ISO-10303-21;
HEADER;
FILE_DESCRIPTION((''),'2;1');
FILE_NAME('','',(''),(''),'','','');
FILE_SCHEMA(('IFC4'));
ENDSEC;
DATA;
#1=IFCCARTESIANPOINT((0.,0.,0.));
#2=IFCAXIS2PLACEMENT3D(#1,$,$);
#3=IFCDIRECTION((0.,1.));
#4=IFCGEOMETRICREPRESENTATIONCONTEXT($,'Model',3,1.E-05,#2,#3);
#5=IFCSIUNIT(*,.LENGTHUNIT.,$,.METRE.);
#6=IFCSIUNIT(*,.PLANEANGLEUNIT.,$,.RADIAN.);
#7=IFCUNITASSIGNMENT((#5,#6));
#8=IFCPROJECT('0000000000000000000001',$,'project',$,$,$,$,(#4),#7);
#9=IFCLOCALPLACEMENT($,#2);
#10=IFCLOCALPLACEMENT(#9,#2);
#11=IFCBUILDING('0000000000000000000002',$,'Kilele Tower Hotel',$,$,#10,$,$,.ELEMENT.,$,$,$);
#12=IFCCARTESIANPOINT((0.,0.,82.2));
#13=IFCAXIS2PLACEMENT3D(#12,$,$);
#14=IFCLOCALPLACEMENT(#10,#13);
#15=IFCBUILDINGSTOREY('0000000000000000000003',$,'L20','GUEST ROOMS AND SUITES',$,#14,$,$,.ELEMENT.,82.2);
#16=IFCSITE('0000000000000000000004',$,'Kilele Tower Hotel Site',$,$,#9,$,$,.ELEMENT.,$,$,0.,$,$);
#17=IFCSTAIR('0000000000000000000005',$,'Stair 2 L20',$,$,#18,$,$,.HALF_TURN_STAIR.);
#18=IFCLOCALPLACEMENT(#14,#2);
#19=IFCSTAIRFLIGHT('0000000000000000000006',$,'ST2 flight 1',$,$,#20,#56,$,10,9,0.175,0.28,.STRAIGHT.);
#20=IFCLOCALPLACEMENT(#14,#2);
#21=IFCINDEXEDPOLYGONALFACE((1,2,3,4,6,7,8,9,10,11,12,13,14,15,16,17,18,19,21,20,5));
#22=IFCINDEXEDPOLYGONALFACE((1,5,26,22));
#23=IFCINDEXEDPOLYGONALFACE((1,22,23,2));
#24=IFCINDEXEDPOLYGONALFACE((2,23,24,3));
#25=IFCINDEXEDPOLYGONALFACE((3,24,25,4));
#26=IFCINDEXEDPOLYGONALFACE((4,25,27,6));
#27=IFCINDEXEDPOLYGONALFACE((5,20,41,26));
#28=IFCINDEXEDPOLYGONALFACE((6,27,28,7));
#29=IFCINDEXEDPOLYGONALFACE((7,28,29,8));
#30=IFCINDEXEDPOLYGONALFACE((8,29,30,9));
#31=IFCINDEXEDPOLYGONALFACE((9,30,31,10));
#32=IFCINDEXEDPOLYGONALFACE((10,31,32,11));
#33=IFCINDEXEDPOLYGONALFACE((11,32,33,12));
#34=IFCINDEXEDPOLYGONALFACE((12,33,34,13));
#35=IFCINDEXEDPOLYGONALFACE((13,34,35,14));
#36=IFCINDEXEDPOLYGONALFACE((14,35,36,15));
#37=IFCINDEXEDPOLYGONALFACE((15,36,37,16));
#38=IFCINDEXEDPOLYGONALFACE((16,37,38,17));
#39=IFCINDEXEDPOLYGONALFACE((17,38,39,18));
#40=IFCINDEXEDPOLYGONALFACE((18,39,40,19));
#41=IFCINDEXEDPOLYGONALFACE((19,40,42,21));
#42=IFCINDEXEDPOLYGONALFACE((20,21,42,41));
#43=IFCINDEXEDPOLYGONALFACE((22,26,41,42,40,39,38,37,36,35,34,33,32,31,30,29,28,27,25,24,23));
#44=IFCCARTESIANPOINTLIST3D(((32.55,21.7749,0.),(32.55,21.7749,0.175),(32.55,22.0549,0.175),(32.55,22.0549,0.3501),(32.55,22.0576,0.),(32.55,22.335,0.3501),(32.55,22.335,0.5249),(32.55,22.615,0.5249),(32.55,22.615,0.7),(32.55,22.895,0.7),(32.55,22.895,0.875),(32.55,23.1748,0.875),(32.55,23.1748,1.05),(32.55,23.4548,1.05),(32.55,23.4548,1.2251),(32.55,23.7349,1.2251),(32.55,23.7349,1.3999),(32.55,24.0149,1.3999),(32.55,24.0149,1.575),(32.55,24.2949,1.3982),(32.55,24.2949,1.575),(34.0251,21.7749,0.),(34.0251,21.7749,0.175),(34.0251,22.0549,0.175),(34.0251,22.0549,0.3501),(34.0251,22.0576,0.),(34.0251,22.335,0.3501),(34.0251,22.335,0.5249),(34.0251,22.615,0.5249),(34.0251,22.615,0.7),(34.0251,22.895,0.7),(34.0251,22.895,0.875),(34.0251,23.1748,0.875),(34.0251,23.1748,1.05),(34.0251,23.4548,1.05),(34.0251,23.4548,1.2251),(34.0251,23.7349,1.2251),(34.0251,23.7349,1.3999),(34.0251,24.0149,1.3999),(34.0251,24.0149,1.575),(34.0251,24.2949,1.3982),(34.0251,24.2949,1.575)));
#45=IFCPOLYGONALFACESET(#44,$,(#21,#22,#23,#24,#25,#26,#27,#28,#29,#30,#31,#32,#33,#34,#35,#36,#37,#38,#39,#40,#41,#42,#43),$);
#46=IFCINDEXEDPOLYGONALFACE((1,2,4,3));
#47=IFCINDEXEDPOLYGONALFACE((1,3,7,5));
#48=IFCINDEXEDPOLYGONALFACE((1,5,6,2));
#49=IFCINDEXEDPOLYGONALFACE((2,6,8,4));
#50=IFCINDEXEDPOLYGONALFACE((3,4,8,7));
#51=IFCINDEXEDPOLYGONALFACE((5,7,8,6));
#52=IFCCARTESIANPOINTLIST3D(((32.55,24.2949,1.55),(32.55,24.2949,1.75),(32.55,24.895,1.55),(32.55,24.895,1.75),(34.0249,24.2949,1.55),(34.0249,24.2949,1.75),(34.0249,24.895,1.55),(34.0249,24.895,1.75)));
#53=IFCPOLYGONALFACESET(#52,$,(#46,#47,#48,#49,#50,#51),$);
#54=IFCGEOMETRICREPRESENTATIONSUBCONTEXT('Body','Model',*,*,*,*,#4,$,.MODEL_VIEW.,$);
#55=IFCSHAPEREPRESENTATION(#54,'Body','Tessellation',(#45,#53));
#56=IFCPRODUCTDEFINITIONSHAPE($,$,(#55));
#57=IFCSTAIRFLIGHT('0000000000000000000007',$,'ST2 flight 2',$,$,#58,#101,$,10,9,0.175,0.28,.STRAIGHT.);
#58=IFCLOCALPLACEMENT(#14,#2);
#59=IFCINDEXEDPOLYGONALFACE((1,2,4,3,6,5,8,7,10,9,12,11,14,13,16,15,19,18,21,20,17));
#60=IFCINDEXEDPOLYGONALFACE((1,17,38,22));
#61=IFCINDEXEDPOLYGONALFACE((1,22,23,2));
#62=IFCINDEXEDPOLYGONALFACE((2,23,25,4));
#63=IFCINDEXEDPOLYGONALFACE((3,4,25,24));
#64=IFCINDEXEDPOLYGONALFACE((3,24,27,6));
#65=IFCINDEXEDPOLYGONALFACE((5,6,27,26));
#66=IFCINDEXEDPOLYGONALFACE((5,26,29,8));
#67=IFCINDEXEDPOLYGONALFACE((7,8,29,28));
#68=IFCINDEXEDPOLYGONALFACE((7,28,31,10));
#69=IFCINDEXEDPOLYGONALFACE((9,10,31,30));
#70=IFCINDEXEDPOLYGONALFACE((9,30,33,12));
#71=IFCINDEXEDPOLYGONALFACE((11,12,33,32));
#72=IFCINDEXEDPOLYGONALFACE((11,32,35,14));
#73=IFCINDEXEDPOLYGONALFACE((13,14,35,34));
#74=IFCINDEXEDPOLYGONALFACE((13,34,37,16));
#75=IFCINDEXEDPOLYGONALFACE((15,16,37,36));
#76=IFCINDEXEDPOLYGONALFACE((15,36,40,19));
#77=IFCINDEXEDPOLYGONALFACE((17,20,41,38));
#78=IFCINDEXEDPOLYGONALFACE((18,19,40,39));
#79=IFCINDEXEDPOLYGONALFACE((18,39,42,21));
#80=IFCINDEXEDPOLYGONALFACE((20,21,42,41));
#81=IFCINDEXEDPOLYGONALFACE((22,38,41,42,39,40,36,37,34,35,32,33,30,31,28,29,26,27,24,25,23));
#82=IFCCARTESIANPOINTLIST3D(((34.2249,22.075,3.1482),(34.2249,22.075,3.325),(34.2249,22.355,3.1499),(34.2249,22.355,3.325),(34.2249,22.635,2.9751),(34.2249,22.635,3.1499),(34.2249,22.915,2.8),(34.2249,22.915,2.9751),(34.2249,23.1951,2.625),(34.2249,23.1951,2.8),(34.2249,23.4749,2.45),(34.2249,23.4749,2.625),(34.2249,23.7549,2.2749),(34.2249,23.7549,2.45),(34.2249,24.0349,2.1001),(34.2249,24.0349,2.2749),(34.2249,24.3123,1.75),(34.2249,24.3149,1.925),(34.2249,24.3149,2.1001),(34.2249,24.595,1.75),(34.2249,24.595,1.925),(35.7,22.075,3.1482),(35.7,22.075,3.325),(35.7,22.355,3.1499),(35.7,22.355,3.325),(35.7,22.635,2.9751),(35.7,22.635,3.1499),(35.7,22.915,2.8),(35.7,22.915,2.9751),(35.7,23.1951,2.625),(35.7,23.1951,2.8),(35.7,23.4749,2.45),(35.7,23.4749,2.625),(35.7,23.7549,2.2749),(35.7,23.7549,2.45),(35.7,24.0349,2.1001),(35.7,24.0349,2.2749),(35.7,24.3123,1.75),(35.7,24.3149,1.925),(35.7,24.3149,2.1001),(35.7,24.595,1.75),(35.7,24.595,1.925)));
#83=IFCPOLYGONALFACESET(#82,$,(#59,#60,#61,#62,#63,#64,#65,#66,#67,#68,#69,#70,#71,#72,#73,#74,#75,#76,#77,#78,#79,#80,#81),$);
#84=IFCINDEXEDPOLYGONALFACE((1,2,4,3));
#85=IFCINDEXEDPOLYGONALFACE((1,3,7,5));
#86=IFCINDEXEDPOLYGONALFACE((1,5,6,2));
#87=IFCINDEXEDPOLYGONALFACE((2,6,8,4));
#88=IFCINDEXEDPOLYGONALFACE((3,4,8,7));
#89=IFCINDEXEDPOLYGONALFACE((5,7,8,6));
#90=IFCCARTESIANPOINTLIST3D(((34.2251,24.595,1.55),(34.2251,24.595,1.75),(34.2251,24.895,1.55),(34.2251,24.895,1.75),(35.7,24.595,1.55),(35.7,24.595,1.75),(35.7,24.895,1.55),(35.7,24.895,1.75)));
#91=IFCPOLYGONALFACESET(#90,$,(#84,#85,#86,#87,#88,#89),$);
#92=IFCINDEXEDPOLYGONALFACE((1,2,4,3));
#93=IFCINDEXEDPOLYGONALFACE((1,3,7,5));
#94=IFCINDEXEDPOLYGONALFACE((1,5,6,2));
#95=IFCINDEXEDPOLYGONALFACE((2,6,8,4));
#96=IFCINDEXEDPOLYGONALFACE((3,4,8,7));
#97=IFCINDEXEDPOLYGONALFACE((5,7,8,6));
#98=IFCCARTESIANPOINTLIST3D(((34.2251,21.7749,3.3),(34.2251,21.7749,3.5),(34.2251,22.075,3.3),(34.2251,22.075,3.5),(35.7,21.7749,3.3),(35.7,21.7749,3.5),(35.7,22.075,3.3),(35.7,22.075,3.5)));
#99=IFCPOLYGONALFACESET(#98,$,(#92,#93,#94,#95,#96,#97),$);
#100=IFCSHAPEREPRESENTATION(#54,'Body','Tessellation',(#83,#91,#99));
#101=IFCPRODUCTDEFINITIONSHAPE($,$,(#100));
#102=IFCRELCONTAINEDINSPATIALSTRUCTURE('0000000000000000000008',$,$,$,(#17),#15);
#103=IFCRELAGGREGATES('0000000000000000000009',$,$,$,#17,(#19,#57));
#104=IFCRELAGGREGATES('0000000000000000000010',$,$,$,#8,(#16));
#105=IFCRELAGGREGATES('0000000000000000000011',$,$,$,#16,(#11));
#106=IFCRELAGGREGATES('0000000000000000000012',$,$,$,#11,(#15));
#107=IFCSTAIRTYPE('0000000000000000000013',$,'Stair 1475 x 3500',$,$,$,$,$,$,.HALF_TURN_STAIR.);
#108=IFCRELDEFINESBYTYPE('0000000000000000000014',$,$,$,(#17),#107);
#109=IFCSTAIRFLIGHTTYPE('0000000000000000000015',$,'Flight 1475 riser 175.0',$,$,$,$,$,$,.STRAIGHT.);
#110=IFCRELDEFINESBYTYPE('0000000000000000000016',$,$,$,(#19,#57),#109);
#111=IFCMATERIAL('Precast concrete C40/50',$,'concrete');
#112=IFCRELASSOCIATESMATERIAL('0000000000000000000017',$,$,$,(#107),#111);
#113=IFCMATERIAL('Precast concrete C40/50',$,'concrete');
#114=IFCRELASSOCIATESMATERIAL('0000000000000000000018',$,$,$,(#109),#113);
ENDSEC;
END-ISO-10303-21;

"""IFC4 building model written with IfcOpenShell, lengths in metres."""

from ifc_helpers import new_model, si_unit, direction, frame, origin, place, context, subcontext, project, spatial, polyline, outline, extrude, material, type_object, element, aggregate, save


model = new_model("IFC4")

# Units and contexts
model_context = context("Model", 3, precision=1e-05, world=origin(), true_north=direction((0.0, 1.0)))
body_context = subcontext(model_context, "Body", "Model", "MODEL_VIEW")
ifc_project = project(units=[si_unit("LENGTHUNIT", "METRE"), si_unit("PLANEANGLEUNIT", "RADIAN")], contexts=[model_context])

# Site, building, storey
site_placement = place(None, origin())
site = spatial("IfcSite", under=ifc_project, at=site_placement, Name="Kilele Tower Hotel Site", CompositionType="ELEMENT", RefElevation=0.0)
building_placement = place(site_placement, origin())
building = spatial("IfcBuilding", under=site, at=building_placement, Name="Kilele Tower Hotel", CompositionType="ELEMENT")
storey_placement = place(building_placement, frame((0.0, 0.0, 82.2)))
storey = spatial("IfcBuildingStorey", under=building, at=storey_placement, Name="L20", Description="GUEST ROOMS AND SUITES", CompositionType="ELEMENT", Elevation=82.2)

# Stair, stair flights
ifc_material_1 = material(Name="Precast concrete C40/50", Category="concrete")
stair_type = type_object("IfcStairType", Name="Stair 1475 x 3500", PredefinedType="HALF_TURN_STAIR", material=ifc_material_1)
stair_placement = place(storey_placement, origin())
stair = element("IfcStair", 1, at=stair_placement, inside=storey, type_object=stair_type, Name="Stair 2 L20", PredefinedType="HALF_TURN_STAIR")
ifc_material_2 = material(Name="Precast concrete C40/50", Category="concrete")
stair_flight_type = type_object("IfcStairFlightType", Name="Flight 1475 riser 175.0", PredefinedType="STRAIGHT", material=ifc_material_2)
stair_flight_1_placement = place(storey_placement, frame((33.2876, 21.7749, 0.0), z_axis=(0.0, 0.0, 1.0), x_axis=(0.0, 1.0, 0.0)))
stair_flight_1 = element("IfcStairFlight", 2, at=stair_flight_1_placement, type_object=stair_flight_type, Name="ST2 flight 1", NumberOfRisers=10, NumberOfTreads=9, PredefinedType="STRAIGHT", RiserHeight=0.175, TreadLength=0.28, context=body_context, shape_type="SweptSolid", body=[
    extrude(outline(polyline([(0.0, 0.0), (0.0, 0.175), (0.28, 0.175), (0.28, 0.3501), (0.5601, 0.3501), (0.5601, 0.5249), (0.8401, 0.5249), (0.8401, 0.7), (1.1201, 0.7), (1.1201, 0.875), (1.3999, 0.875), (1.3999, 1.05), (1.6799, 1.05), (1.6799, 1.2251), (1.96, 1.2251), (1.96, 1.3999), (2.24, 1.3999), (2.24, 1.575), (2.52, 1.575), (2.52, 1.75), (2.52, 1.3982), (0.2827, 0.0), (0.0, 0.0)])), frame((0.0, 0.7375, 0.0), z_axis=(0.0, -1.0, 0.0), x_axis=(1.0, 0.0, 0.0)), (0.0, 0.0, 1.0), 1.4751),
    extrude(outline(polyline([(2.52, 0.7375), (2.52, -0.7373), (3.1201, -0.7373), (3.1201, 0.7375), (2.52, 0.7375)])), frame((0.0, 0.0, 1.55)), (0.0, 0.0, 1.0), 0.2),
])
stair_flight_2_placement = place(storey_placement, frame((34.9624, 24.595, 1.75), z_axis=(0.0, 0.0, 1.0), x_axis=(0.0, -1.0, 0.0)))
stair_flight_2 = element("IfcStairFlight", 3, at=stair_flight_2_placement, type_object=stair_flight_type, Name="ST2 flight 2", NumberOfRisers=10, NumberOfTreads=9, PredefinedType="STRAIGHT", RiserHeight=0.175, TreadLength=0.28, context=body_context, shape_type="SweptSolid", body=[
    extrude(outline(polyline([(0.0, 0.0), (0.0, 0.175), (0.28, 0.175), (0.28, 0.3501), (0.5601, 0.3501), (0.5601, 0.5249), (0.8401, 0.5249), (0.8401, 0.7), (1.1201, 0.7), (1.1201, 0.875), (1.3999, 0.875), (1.3999, 1.05), (1.6799, 1.05), (1.6799, 1.2251), (1.96, 1.2251), (1.96, 1.3999), (2.24, 1.3999), (2.24, 1.575), (2.52, 1.575), (2.52, 1.75), (2.52, 1.3982), (0.2827, 0.0), (0.0, 0.0)])), frame((0.0, 0.7375, 0.0), z_axis=(0.0, -1.0, 0.0), x_axis=(1.0, 0.0, 0.0)), (0.0, 0.0, 1.0), 1.4751),
    extrude(outline(polyline([(0.0, -0.7373), (0.0, 0.7375), (-0.3, 0.7375), (-0.3, -0.7373), (0.0, -0.7373)])), frame((0.0, 0.0, -0.2)), (0.0, 0.0, 1.0), 0.2),
    extrude(outline(polyline([(2.8201, -0.7373), (2.8201, 0.7375), (2.52, 0.7375), (2.52, -0.7373), (2.8201, -0.7373)])), frame((0.0, 0.0, 1.55)), (0.0, 0.0, 1.0), 0.2),
])
aggregate(stair, [stair_flight_1, stair_flight_2])

save(model, "model.ifc")
